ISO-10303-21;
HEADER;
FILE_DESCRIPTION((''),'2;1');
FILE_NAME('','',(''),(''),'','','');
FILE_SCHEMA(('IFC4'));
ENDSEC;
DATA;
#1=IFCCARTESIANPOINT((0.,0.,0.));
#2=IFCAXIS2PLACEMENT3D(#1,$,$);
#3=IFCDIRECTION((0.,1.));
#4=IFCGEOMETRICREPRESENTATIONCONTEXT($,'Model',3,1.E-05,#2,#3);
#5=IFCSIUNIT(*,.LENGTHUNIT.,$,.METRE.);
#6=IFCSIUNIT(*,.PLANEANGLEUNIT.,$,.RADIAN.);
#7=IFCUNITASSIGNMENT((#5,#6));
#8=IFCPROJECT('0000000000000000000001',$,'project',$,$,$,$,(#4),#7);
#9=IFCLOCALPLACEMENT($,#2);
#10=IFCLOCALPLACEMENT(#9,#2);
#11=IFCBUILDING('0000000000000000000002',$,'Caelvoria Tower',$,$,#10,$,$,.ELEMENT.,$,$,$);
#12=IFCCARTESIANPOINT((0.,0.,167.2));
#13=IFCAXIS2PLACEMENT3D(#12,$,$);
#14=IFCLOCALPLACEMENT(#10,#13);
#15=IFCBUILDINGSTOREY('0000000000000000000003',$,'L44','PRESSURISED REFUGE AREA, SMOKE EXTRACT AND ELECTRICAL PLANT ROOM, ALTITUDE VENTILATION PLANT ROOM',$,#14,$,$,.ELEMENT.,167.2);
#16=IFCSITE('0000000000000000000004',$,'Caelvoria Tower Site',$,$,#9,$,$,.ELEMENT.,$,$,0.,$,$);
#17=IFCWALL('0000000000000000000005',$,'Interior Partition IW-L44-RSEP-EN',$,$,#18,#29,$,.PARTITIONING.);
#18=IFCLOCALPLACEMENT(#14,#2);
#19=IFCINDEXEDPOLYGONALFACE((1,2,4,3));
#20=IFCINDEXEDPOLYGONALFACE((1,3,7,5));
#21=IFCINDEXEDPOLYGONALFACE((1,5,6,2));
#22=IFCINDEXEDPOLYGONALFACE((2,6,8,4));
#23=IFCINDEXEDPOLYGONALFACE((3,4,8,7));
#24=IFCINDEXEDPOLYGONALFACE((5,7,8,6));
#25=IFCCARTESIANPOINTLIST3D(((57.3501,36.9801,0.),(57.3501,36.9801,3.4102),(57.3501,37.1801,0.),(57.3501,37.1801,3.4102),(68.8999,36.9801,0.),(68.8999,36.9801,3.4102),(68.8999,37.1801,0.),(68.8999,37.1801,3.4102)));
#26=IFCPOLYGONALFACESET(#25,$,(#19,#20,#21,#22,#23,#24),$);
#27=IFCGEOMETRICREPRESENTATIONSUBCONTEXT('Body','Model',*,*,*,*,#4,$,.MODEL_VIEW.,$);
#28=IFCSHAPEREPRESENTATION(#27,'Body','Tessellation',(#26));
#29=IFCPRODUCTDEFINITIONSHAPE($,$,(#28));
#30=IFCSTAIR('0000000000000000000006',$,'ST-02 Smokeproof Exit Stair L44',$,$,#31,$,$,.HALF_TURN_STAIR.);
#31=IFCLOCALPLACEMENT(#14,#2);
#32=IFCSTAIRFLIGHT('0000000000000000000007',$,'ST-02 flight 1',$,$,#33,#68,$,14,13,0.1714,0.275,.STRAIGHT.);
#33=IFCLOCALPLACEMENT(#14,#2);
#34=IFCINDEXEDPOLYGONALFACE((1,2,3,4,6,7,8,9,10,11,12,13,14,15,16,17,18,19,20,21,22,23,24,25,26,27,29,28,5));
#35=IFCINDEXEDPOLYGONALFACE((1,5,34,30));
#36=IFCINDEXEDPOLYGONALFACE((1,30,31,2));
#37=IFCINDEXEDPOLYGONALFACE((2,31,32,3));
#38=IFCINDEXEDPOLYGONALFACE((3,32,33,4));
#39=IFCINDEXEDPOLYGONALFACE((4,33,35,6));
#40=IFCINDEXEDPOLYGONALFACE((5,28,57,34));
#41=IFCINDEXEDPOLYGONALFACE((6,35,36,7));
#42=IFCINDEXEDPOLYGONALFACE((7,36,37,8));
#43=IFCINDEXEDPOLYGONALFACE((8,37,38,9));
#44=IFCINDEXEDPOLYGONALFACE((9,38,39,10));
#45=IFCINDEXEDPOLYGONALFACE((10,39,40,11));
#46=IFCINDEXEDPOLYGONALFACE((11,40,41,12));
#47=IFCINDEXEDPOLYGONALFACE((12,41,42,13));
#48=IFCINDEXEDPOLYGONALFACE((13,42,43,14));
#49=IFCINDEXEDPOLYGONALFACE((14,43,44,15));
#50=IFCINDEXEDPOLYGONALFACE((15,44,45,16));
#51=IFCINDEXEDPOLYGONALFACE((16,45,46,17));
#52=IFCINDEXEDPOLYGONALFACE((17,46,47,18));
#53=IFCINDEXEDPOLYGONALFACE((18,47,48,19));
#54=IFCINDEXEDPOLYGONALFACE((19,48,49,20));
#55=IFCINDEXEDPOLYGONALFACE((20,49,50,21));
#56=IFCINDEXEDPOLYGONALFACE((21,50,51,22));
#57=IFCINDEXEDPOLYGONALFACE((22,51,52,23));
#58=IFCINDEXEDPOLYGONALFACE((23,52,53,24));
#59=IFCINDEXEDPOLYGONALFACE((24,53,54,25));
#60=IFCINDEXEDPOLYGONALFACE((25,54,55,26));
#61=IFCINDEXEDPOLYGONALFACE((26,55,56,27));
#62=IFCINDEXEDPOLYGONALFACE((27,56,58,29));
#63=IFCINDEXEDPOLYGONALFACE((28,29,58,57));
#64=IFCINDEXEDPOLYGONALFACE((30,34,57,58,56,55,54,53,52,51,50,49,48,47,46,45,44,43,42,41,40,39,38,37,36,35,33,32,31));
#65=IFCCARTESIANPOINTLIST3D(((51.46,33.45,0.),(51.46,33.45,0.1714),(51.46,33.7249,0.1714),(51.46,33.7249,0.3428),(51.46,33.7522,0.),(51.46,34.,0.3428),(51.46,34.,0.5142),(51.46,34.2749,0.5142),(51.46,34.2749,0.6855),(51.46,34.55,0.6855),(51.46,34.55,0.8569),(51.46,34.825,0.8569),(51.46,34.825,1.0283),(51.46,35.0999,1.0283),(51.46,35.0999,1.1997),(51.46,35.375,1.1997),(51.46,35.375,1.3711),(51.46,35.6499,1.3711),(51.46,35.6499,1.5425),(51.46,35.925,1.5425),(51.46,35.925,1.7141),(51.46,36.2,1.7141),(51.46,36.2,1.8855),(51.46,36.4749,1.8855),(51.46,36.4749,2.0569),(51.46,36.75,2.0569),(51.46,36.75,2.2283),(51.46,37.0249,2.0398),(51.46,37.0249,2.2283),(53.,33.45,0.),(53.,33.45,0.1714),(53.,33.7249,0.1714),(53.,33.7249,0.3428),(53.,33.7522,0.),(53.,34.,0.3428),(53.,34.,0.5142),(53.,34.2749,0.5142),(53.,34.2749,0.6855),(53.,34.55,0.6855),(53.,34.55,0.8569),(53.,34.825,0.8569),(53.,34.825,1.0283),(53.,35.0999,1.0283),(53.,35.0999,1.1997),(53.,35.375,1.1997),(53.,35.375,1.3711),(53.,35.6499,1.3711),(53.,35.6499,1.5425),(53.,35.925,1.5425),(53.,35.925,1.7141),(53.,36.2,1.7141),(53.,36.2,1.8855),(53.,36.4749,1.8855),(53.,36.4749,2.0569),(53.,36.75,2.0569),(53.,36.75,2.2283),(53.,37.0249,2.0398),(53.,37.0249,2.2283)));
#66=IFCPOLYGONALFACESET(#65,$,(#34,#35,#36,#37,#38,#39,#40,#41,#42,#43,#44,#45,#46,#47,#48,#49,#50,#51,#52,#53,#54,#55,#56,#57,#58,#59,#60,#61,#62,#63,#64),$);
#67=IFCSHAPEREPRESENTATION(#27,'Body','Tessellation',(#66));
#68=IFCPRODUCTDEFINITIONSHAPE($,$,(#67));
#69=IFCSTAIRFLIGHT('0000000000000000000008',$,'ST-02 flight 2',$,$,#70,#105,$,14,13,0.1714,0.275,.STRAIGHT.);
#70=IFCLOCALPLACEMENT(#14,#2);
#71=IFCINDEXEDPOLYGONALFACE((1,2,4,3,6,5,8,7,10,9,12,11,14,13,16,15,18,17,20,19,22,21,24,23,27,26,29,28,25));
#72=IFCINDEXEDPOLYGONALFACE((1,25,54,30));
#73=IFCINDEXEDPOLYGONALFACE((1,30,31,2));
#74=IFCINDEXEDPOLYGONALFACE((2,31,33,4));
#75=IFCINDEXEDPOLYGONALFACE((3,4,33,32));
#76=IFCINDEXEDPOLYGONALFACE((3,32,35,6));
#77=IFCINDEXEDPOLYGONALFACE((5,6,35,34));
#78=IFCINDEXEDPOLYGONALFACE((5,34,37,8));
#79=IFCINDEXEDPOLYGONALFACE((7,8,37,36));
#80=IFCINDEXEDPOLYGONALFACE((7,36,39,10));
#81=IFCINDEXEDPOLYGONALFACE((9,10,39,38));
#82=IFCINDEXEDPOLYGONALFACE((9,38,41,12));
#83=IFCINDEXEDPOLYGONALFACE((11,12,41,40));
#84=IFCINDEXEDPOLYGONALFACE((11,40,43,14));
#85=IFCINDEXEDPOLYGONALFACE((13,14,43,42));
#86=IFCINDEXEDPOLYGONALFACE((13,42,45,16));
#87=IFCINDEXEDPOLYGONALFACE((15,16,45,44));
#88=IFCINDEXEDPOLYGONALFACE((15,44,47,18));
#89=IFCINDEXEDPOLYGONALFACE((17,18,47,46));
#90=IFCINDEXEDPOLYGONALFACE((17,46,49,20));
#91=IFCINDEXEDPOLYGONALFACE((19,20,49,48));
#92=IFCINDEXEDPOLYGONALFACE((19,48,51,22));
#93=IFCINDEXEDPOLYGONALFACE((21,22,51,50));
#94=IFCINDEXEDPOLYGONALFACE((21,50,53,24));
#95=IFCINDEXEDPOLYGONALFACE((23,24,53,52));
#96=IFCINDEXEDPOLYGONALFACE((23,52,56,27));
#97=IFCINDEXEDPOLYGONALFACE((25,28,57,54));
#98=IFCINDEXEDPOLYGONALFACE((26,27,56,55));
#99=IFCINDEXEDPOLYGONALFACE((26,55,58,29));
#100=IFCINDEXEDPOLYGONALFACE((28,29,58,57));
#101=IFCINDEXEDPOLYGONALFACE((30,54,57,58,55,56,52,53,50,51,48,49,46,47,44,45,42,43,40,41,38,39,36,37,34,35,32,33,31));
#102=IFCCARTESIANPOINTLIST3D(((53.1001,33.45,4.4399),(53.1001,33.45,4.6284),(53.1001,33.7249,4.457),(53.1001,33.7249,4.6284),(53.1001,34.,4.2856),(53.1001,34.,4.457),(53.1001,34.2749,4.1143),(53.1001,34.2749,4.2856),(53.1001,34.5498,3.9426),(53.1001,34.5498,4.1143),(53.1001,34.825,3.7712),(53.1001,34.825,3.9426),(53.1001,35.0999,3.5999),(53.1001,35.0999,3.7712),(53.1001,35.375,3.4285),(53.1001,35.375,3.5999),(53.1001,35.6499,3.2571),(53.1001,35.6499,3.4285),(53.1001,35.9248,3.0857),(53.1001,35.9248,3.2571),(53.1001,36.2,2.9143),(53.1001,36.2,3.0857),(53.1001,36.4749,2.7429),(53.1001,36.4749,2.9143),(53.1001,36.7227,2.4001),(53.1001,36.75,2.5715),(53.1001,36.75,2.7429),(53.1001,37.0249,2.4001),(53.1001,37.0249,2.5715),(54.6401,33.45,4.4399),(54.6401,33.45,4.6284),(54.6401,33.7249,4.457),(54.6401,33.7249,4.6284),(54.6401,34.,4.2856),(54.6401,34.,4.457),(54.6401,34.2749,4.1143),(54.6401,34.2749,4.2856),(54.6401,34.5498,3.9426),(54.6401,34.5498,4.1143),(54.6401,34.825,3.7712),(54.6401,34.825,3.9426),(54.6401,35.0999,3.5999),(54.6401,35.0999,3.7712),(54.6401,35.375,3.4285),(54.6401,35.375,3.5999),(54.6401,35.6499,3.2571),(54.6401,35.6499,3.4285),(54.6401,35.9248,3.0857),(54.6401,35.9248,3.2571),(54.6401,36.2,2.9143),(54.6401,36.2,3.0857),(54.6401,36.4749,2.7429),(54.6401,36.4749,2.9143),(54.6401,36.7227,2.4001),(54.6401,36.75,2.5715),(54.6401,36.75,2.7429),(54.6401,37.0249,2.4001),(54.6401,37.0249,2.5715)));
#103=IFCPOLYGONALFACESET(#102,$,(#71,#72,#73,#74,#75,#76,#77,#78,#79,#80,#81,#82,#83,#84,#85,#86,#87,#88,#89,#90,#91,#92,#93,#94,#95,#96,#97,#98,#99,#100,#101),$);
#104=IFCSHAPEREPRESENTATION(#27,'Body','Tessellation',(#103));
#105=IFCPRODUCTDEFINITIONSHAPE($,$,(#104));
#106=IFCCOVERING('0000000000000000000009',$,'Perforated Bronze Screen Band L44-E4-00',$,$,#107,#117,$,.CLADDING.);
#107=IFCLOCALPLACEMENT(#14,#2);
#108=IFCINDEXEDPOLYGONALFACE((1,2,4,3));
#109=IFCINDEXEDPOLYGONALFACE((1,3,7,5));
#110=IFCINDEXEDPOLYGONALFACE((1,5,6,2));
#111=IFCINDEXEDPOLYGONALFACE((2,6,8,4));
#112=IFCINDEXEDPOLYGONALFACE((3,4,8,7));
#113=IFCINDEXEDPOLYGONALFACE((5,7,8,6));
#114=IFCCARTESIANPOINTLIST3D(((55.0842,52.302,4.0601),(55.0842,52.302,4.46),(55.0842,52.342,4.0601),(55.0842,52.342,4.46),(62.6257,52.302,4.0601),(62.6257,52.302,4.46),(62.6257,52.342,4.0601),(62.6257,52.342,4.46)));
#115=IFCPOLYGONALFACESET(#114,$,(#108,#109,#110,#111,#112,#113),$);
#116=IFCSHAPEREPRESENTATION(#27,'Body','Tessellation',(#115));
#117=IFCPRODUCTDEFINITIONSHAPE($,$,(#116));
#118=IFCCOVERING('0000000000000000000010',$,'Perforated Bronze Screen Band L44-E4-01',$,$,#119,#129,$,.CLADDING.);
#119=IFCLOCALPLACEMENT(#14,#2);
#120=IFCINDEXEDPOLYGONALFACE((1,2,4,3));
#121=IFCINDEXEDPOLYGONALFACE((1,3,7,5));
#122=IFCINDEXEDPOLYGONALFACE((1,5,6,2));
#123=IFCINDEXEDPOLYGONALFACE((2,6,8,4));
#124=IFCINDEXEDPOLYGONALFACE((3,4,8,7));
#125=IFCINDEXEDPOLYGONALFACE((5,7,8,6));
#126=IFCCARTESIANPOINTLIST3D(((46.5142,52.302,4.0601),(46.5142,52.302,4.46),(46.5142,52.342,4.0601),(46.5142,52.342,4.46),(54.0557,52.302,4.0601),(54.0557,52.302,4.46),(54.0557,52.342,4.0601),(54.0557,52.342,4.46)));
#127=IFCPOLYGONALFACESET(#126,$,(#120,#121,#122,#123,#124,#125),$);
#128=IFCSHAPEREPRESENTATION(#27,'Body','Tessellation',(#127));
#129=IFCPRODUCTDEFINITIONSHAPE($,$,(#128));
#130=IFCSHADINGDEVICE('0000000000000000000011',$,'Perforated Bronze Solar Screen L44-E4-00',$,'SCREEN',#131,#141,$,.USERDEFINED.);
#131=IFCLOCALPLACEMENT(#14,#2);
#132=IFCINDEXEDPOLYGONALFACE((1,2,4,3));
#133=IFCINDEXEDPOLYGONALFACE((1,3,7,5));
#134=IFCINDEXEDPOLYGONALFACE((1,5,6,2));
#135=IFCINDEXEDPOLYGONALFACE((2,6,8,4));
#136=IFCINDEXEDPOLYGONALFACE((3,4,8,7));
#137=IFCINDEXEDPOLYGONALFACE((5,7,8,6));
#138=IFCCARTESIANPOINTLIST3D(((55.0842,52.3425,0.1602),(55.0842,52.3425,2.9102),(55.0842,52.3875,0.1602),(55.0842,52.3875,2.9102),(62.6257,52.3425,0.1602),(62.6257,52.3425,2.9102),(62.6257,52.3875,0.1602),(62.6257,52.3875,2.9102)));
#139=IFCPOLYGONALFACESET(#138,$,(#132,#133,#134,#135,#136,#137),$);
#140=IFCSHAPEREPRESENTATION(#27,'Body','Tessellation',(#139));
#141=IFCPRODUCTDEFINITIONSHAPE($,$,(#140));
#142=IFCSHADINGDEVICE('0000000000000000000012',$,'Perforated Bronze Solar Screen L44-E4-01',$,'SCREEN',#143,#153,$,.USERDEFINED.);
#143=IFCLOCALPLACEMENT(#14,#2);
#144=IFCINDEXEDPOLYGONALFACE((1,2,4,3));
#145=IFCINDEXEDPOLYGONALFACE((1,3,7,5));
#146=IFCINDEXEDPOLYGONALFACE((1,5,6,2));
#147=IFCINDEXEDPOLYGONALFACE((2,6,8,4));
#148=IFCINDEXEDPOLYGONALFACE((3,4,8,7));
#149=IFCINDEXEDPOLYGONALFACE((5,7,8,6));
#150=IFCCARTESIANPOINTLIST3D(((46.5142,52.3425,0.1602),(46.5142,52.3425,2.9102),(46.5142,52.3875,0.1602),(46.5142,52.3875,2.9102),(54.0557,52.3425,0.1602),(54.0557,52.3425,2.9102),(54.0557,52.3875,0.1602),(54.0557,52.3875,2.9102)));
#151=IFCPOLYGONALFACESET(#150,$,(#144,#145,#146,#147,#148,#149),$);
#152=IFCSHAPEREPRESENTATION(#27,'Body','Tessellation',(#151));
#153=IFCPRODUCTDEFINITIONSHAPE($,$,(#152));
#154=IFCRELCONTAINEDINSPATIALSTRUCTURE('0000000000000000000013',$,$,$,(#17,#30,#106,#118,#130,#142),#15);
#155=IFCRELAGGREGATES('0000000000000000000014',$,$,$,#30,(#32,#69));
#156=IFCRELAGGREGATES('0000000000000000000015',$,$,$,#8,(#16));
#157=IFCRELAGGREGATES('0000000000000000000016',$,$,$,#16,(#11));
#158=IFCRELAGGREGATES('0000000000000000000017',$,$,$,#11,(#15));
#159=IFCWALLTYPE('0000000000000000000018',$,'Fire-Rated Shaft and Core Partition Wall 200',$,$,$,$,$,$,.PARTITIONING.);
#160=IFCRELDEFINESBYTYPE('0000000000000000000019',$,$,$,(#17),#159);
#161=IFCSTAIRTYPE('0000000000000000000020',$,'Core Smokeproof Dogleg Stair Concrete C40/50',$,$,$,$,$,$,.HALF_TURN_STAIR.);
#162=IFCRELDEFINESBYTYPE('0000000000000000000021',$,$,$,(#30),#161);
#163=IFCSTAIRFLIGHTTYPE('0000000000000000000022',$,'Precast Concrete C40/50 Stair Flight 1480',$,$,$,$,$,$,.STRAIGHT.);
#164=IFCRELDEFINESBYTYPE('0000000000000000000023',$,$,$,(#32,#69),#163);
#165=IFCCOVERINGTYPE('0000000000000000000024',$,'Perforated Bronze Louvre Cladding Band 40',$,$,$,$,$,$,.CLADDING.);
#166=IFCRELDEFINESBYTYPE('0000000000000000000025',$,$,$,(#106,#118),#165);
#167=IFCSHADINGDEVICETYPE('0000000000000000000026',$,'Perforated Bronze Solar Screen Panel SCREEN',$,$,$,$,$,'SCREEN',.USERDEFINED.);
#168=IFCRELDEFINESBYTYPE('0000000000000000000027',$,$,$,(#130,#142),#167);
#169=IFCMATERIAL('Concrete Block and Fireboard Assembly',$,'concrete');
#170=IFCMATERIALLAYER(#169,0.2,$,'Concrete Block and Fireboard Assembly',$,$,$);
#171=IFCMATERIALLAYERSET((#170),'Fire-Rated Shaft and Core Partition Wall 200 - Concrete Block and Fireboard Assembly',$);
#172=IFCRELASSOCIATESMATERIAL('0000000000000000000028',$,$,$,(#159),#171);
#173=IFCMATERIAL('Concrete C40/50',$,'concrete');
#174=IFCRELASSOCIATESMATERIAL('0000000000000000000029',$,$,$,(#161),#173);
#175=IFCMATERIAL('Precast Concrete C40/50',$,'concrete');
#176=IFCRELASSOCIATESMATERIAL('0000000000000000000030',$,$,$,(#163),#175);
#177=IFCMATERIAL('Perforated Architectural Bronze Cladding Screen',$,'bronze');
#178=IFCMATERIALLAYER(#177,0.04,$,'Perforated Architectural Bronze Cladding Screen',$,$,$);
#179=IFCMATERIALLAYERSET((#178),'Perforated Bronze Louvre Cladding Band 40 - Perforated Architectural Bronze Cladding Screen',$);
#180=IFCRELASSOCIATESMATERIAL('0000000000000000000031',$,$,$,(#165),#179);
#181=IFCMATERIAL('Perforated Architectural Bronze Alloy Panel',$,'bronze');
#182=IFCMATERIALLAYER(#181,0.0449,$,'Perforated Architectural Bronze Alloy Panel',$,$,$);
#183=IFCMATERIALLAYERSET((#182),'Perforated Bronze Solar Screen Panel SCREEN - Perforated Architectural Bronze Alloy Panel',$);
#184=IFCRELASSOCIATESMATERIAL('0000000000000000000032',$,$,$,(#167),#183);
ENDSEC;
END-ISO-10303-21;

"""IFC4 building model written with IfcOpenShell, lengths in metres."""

from ifc_helpers import new_model, si_unit, direction, frame, frame_2d, origin, origin_2d, place, context, subcontext, project, spatial, polyline, rectangle, outline, extrude, material, layer, layer_set, type_object, element, aggregate, save


model = new_model("IFC4")

# Units and contexts
model_context = context("Model", 3, precision=1e-05, world=origin(), true_north=direction((0.0, 1.0)))
body_context = subcontext(model_context, "Body", "Model", "MODEL_VIEW")
ifc_project = project(units=[si_unit("LENGTHUNIT", "METRE"), si_unit("PLANEANGLEUNIT", "RADIAN")], contexts=[model_context])

# Site, building, storey
site_placement = place(None, origin())
site = spatial("IfcSite", under=ifc_project, at=site_placement, Name="Caelvoria Tower Site", CompositionType="ELEMENT", RefElevation=0.0)
building_placement = place(site_placement, origin())
building = spatial("IfcBuilding", under=site, at=building_placement, Name="Caelvoria Tower", CompositionType="ELEMENT")
storey_placement = place(building_placement, frame((0.0, 0.0, 167.2)))
storey = spatial("IfcBuildingStorey", under=building, at=storey_placement, Name="L44", Description="PRESSURISED REFUGE AREA, SMOKE EXTRACT AND ELECTRICAL PLANT ROOM, ALTITUDE VENTILATION PLANT ROOM", CompositionType="ELEMENT", Elevation=167.2)

# Wall
ifc_material_1 = material(Name="Concrete Block and Fireboard Assembly", Category="concrete")
ifc_layer_1 = layer(ifc_material_1, 0.2, Name="Concrete Block and Fireboard Assembly")
ifc_layer_set_1 = layer_set([ifc_layer_1], Name="Fire-Rated Shaft and Core Partition Wall 200 - Concrete Block and Fireboard Assembly")
wall_type_1 = type_object("IfcWallType", Name="Fire-Rated Shaft and Core Partition Wall 200", PredefinedType="PARTITIONING", material=ifc_layer_set_1)
wall_1_placement = place(storey_placement, frame((57.3501, 37.0801, 0.0), z_axis=(0.0, 0.0, 1.0), x_axis=(1.0, 0.0, 0.0)))
element("IfcWall", 1, at=wall_1_placement, inside=storey, type_object=wall_type_1, Name="Interior Partition IW-L44-RSEP-EN", PredefinedType="PARTITIONING", context=body_context, shape_type="SweptSolid", body=[
    extrude(rectangle(XDim=11.5498, YDim=0.2, at=frame_2d((5.7749, 0.0))), origin(), (0.0, 0.0, 1.0), 3.4102),
])

# Stair, stair flights
ifc_material_2 = material(Name="Concrete C40/50", Category="concrete")
stair_type = type_object("IfcStairType", Name="Core Smokeproof Dogleg Stair Concrete C40/50", PredefinedType="HALF_TURN_STAIR", material=ifc_material_2)
stair_placement = place(storey_placement, origin())
stair = element("IfcStair", 2, at=stair_placement, inside=storey, type_object=stair_type, Name="ST-02 Smokeproof Exit Stair L44", PredefinedType="HALF_TURN_STAIR")
ifc_material_3 = material(Name="Precast Concrete C40/50", Category="concrete")
stair_flight_type = type_object("IfcStairFlightType", Name="Precast Concrete C40/50 Stair Flight 1480", PredefinedType="STRAIGHT", material=ifc_material_3)
stair_flight_1_placement = place(storey_placement, frame((52.23, 33.45, 0.0), z_axis=(0.0, 0.0, 1.0), x_axis=(0.0, 1.0, 0.0)))
stair_flight_1 = element("IfcStairFlight", 3, at=stair_flight_1_placement, type_object=stair_flight_type, Name="ST-02 flight 1", NumberOfRisers=14, NumberOfTreads=13, PredefinedType="STRAIGHT", RiserHeight=0.1714, TreadLength=0.275, context=body_context, shape_type="SweptSolid", body=[
    extrude(outline(polyline([(0.0, 0.0), (0.0, 0.1714), (0.2749, 0.1714), (0.2749, 0.3428), (0.55, 0.3428), (0.55, 0.5142), (0.825, 0.5142), (0.825, 0.6855), (1.1001, 0.6855), (1.1001, 0.8569), (1.375, 0.8569), (1.375, 1.0283), (1.6499, 1.0283), (1.6499, 1.1997), (1.925, 1.1997), (1.925, 1.3711), (2.2, 1.3711), (2.2, 1.5425), (2.4751, 1.5425), (2.4751, 1.7141), (2.75, 1.7141), (2.75, 1.8855), (3.0249, 1.8855), (3.0249, 2.0569), (3.3, 2.0569), (3.3, 2.2283), (3.575, 2.2283), (3.575, 2.3997), (3.575, 2.0398), (0.3022, 0.0), (0.0, 0.0)])), frame((0.0, 0.77, 0.0), z_axis=(0.0, -1.0, 0.0), x_axis=(1.0, 0.0, 0.0)), (0.0, 0.0, 1.0), 1.54),
])
stair_flight_2_placement = place(storey_placement, frame((53.8701, 37.0249, 2.4001), z_axis=(0.0, 0.0, 1.0), x_axis=(0.0, -1.0, 0.0)))
stair_flight_2 = element("IfcStairFlight", 4, at=stair_flight_2_placement, type_object=stair_flight_type, Name="ST-02 flight 2", NumberOfRisers=14, NumberOfTreads=13, PredefinedType="STRAIGHT", RiserHeight=0.1714, TreadLength=0.275, context=body_context, shape_type="SweptSolid", body=[
    extrude(outline(polyline([(0.0, 0.0), (0.0, 0.1714), (0.2749, 0.1714), (0.2749, 0.3428), (0.55, 0.3428), (0.55, 0.5142), (0.825, 0.5142), (0.825, 0.6855), (1.1001, 0.6855), (1.1001, 0.8569), (1.375, 0.8569), (1.375, 1.0283), (1.6499, 1.0283), (1.6499, 1.1997), (1.925, 1.1997), (1.925, 1.3711), (2.2, 1.3711), (2.2, 1.5425), (2.4751, 1.5425), (2.4751, 1.7141), (2.75, 1.7141), (2.75, 1.8855), (3.0249, 1.8855), (3.0249, 2.0569), (3.3, 2.0569), (3.3, 2.2283), (3.575, 2.2283), (3.575, 2.3997), (3.575, 2.0398), (0.3022, 0.0), (0.0, 0.0)])), frame((0.0, 0.77, 0.0), z_axis=(0.0, -1.0, 0.0), x_axis=(1.0, 0.0, 0.0)), (0.0, 0.0, 1.0), 1.54),
])
aggregate(stair, [stair_flight_1, stair_flight_2])

# Coverings
ifc_material_4 = material(Name="Perforated Architectural Bronze Cladding Screen", Category="bronze")
ifc_layer_2 = layer(ifc_material_4, 0.04, Name="Perforated Architectural Bronze Cladding Screen")
ifc_layer_set_2 = layer_set([ifc_layer_2], Name="Perforated Bronze Louvre Cladding Band 40 - Perforated Architectural Bronze Cladding Screen")
covering_type = type_object("IfcCoveringType", Name="Perforated Bronze Louvre Cladding Band 40", PredefinedType="CLADDING", material=ifc_layer_set_2)
for number, where, z_axis, x_axis, name in (
    (5, (58.855, 52.322, 4.0601), (0.0, 0.0, 1.0), (-1.0, 0.0, 0.0), "Perforated Bronze Screen Band L44-E4-00"),
    (6, (50.2849, 52.322, 4.0601), (0.0, 0.0, 1.0), (-1.0, 0.0, 0.0), "Perforated Bronze Screen Band L44-E4-01"),
):
    element("IfcCovering", number, at=place(storey_placement, frame(where, z_axis=z_axis, x_axis=x_axis)), inside=storey, type_object=covering_type, Name=name, PredefinedType="CLADDING", context=body_context, shape_type="SweptSolid", body=[
        extrude(rectangle(XDim=7.5415, YDim=0.04, at=origin_2d()), origin(), (0.0, 0.0, 1.0), 0.3999),
    ])

# Shading devices
ifc_material_5 = material(Name="Perforated Architectural Bronze Alloy Panel", Category="bronze")
ifc_layer_3 = layer(ifc_material_5, 0.0449, Name="Perforated Architectural Bronze Alloy Panel")
ifc_layer_set_3 = layer_set([ifc_layer_3], Name="Perforated Bronze Solar Screen Panel SCREEN - Perforated Architectural Bronze Alloy Panel")
shading_device_type = type_object("IfcShadingDeviceType", Name="Perforated Bronze Solar Screen Panel SCREEN", ElementType="SCREEN", PredefinedType="USERDEFINED", material=ifc_layer_set_3)
for number, where, z_axis, x_axis, name in (
    (7, (58.855, 52.365, 0.1602), (0.0, 0.0, 1.0), (-1.0, 0.0, 0.0), "Perforated Bronze Solar Screen L44-E4-00"),
    (8, (50.2849, 52.365, 0.1602), (0.0, 0.0, 1.0), (-1.0, 0.0, 0.0), "Perforated Bronze Solar Screen L44-E4-01"),
):
    element("IfcShadingDevice", number, at=place(storey_placement, frame(where, z_axis=z_axis, x_axis=x_axis)), inside=storey, type_object=shading_device_type, Name=name, ObjectType="SCREEN", PredefinedType="USERDEFINED", context=body_context, shape_type="SweptSolid", body=[
        extrude(rectangle(XDim=7.5415, YDim=0.0449, at=origin_2d()), origin(), (0.0, 0.0, 1.0), 2.75),
    ])

save(model, "model.ifc")
